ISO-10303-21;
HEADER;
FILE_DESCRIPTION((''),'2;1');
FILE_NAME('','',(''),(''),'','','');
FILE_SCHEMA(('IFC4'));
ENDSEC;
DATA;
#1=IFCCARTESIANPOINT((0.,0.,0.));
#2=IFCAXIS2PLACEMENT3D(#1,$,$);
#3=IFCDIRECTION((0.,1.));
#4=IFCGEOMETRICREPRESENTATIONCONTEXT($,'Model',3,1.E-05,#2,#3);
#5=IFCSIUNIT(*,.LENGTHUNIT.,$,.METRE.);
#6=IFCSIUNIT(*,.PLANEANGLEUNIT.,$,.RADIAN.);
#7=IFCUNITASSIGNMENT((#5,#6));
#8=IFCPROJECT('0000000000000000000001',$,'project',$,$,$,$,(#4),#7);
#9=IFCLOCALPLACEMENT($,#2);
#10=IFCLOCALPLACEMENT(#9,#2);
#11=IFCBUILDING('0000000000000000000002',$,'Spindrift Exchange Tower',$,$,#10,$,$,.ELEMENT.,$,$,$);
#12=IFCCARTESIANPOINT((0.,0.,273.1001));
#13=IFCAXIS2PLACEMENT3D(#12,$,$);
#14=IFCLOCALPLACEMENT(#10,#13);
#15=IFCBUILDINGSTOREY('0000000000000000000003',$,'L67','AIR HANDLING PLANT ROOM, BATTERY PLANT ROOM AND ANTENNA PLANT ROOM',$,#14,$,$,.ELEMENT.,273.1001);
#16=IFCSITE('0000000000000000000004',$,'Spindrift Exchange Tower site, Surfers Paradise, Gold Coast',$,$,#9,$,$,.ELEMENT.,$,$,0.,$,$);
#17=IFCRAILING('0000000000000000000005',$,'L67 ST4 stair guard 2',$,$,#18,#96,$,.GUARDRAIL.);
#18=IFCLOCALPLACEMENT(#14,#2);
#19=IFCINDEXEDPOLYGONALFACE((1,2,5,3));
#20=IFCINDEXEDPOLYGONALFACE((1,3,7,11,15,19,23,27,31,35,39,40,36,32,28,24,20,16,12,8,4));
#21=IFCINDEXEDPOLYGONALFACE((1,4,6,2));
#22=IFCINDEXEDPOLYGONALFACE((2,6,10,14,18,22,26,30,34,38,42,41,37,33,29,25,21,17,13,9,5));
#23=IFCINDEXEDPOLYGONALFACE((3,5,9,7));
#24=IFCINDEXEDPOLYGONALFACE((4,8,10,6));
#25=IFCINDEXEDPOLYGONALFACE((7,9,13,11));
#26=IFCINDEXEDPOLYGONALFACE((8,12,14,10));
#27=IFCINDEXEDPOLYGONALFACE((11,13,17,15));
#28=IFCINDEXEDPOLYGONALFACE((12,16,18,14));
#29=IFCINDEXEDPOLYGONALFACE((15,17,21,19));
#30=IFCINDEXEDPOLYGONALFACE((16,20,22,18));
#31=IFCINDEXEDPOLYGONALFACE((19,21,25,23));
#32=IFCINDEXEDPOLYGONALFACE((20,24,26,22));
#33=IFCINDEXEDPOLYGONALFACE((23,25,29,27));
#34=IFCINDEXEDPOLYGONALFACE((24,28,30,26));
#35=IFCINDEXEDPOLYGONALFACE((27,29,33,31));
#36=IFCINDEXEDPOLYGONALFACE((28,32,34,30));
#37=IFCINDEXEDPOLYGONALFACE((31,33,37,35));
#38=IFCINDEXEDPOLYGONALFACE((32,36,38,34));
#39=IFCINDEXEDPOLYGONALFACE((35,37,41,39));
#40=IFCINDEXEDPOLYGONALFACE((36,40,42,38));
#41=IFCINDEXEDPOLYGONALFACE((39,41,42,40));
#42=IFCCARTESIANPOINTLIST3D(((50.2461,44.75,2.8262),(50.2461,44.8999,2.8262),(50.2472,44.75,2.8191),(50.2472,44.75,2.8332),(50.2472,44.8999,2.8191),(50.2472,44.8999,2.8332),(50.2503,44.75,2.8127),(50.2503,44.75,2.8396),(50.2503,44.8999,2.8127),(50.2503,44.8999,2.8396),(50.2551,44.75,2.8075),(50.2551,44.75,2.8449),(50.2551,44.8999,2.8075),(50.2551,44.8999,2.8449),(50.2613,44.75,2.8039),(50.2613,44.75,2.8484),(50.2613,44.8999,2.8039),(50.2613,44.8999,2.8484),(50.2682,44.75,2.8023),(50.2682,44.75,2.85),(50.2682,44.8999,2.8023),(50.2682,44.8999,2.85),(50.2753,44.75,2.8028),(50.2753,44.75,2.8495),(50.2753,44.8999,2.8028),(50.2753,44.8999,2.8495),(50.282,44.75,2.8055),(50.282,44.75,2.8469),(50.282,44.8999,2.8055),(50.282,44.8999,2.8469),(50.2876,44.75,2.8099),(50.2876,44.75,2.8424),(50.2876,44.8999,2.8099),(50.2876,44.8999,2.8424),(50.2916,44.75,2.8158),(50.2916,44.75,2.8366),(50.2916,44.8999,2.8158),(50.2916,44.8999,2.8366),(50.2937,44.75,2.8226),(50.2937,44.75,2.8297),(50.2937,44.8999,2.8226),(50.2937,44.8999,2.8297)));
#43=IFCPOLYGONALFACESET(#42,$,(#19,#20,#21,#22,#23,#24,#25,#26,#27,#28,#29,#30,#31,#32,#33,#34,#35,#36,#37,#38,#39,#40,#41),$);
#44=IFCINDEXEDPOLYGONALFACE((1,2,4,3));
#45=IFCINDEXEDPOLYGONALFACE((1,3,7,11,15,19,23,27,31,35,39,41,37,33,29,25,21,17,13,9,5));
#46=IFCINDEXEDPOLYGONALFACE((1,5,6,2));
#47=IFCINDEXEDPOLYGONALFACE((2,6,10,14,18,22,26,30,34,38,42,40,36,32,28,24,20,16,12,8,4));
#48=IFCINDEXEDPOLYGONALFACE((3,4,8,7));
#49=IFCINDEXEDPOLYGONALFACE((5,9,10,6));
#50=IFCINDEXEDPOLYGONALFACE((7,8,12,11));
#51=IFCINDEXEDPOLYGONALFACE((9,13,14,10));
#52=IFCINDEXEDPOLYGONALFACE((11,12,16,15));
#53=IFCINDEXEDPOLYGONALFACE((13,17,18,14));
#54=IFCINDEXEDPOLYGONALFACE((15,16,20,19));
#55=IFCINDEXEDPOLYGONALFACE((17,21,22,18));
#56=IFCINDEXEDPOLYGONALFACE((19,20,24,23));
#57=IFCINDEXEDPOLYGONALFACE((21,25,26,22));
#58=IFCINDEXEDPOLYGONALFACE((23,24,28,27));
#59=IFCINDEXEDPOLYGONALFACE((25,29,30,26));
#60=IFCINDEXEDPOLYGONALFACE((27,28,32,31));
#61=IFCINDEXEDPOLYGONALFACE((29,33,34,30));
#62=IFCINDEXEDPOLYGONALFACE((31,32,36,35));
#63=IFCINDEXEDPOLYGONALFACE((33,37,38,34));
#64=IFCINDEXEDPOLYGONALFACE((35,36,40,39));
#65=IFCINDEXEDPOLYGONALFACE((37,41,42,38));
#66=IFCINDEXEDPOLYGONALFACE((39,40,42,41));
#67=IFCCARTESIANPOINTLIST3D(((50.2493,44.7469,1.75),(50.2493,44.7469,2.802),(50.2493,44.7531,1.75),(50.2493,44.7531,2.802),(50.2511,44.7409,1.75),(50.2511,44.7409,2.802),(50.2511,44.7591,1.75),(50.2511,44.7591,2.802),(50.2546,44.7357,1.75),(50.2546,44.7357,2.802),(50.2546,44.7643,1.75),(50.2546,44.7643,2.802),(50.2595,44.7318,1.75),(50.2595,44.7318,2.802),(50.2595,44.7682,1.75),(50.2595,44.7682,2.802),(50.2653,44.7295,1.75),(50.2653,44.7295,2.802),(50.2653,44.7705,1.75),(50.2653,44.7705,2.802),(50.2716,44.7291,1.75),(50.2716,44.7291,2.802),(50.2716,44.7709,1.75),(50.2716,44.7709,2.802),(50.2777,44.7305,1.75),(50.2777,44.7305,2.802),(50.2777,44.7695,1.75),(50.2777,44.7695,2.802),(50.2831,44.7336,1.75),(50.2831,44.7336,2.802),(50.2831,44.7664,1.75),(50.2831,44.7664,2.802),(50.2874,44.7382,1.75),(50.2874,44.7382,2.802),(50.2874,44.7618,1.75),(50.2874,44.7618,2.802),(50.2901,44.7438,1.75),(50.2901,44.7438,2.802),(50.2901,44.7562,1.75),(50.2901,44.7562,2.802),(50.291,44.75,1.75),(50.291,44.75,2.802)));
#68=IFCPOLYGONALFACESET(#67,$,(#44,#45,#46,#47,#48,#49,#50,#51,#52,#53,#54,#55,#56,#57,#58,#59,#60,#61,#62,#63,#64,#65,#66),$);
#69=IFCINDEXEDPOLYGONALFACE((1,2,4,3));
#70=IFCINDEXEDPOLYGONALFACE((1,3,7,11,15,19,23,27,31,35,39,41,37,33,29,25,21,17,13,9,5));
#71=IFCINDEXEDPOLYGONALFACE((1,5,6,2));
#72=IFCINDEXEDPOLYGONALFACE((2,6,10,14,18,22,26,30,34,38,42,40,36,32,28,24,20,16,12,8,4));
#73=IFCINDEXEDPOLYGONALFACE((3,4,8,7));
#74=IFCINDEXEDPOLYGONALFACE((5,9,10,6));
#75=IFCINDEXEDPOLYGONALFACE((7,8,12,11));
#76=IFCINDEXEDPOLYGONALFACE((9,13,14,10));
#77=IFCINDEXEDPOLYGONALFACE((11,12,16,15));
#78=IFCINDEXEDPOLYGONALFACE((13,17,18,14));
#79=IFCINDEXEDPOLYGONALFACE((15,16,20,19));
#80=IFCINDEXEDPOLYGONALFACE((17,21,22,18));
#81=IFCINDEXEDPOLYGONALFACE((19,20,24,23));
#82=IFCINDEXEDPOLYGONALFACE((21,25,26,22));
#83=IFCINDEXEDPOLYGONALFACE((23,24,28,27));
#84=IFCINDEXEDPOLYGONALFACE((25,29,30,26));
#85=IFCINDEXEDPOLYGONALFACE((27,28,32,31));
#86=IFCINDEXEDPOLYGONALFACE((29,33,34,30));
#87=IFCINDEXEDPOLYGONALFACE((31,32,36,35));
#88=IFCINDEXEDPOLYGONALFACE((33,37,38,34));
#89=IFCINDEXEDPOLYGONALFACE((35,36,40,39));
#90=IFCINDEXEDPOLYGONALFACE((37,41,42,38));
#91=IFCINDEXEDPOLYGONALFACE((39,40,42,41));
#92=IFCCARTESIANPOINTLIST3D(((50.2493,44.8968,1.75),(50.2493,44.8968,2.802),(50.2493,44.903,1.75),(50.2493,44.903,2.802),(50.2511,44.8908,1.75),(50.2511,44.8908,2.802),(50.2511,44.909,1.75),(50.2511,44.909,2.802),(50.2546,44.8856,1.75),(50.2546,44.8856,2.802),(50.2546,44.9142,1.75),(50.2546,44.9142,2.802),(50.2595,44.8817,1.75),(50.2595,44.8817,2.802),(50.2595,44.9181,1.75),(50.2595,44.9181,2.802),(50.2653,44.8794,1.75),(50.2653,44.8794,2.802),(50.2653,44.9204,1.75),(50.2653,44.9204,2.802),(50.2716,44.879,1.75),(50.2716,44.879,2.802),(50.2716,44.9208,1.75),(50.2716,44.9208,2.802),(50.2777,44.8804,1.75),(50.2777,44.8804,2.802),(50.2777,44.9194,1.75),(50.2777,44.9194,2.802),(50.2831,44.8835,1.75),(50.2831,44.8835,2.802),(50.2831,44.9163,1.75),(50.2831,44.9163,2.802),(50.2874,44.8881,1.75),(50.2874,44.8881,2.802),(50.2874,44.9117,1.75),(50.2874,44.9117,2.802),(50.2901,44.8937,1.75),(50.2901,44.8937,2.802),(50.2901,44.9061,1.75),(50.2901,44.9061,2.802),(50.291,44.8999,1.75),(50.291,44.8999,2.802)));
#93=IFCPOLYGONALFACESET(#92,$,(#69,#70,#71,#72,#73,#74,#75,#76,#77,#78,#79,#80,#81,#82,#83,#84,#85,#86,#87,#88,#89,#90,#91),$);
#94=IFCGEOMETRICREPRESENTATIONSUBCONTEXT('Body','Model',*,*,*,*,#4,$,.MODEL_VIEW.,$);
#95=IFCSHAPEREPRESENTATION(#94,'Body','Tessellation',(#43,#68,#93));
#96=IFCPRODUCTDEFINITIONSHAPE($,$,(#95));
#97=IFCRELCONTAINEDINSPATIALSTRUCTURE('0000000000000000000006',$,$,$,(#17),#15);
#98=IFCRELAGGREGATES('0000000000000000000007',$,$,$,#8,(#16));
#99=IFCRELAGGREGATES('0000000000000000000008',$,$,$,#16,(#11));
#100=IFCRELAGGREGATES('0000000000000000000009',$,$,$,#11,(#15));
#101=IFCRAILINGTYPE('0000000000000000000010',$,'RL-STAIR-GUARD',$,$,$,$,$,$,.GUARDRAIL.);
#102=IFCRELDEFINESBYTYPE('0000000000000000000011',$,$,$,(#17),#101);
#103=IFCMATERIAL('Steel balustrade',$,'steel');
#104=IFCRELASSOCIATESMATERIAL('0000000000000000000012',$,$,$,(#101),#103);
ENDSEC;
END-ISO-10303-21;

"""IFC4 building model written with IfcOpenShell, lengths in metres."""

from ifc_helpers import new_model, si_unit, direction, frame, origin, origin_2d, place, context, subcontext, project, spatial, circle, extrude, material, type_object, element, save


model = new_model("IFC4")

# Units and contexts
model_context = context("Model", 3, precision=1e-05, world=origin(), true_north=direction((0.0, 1.0)))
body_context = subcontext(model_context, "Body", "Model", "MODEL_VIEW")
ifc_project = project(units=[si_unit("LENGTHUNIT", "METRE"), si_unit("PLANEANGLEUNIT", "RADIAN")], contexts=[model_context])

# Site, building, storey
site_placement = place(None, origin())
site = spatial("IfcSite", under=ifc_project, at=site_placement, Name="Spindrift Exchange Tower site, Surfers Paradise, Gold Coast", CompositionType="ELEMENT", RefElevation=0.0)
building_placement = place(site_placement, origin())
building = spatial("IfcBuilding", under=site, at=building_placement, Name="Spindrift Exchange Tower", CompositionType="ELEMENT")
storey_placement = place(building_placement, frame((0.0, 0.0, 273.1001)))
storey = spatial("IfcBuildingStorey", under=building, at=storey_placement, Name="L67", Description="AIR HANDLING PLANT ROOM, BATTERY PLANT ROOM AND ANTENNA PLANT ROOM", CompositionType="ELEMENT", Elevation=273.1001)

# Railing
ifc_material_1 = material(Name="Steel balustrade", Category="steel")
railing_type_1 = type_object("IfcRailingType", Name="RL-STAIR-GUARD", PredefinedType="GUARDRAIL", material=ifc_material_1)
railing_1_placement = place(storey_placement, frame((50.27, 44.75, 1.75)))
element("IfcRailing", 1, at=railing_1_placement, inside=storey, type_object=railing_type_1, Name="L67 ST4 stair guard 2", PredefinedType="GUARDRAIL", context=body_context, shape_type="SweptSolid", body=[
    extrude(circle(Radius=0.0239, at=origin_2d()), frame((0.0, 0.0, 1.0762), z_axis=(0.0, 1.0, 0.0), x_axis=(-1.0, 0.0, 0.0)), (0.0, 0.0, 1.0), 0.1499),
    extrude(circle(Radius=0.021, at=origin_2d()), origin(), (0.0, 0.0, 1.0), 1.052),
    extrude(circle(Radius=0.021, at=origin_2d()), frame((0.0, 0.1499, 0.0)), (0.0, 0.0, 1.0), 1.052),
])

save(model, "model.ifc")
